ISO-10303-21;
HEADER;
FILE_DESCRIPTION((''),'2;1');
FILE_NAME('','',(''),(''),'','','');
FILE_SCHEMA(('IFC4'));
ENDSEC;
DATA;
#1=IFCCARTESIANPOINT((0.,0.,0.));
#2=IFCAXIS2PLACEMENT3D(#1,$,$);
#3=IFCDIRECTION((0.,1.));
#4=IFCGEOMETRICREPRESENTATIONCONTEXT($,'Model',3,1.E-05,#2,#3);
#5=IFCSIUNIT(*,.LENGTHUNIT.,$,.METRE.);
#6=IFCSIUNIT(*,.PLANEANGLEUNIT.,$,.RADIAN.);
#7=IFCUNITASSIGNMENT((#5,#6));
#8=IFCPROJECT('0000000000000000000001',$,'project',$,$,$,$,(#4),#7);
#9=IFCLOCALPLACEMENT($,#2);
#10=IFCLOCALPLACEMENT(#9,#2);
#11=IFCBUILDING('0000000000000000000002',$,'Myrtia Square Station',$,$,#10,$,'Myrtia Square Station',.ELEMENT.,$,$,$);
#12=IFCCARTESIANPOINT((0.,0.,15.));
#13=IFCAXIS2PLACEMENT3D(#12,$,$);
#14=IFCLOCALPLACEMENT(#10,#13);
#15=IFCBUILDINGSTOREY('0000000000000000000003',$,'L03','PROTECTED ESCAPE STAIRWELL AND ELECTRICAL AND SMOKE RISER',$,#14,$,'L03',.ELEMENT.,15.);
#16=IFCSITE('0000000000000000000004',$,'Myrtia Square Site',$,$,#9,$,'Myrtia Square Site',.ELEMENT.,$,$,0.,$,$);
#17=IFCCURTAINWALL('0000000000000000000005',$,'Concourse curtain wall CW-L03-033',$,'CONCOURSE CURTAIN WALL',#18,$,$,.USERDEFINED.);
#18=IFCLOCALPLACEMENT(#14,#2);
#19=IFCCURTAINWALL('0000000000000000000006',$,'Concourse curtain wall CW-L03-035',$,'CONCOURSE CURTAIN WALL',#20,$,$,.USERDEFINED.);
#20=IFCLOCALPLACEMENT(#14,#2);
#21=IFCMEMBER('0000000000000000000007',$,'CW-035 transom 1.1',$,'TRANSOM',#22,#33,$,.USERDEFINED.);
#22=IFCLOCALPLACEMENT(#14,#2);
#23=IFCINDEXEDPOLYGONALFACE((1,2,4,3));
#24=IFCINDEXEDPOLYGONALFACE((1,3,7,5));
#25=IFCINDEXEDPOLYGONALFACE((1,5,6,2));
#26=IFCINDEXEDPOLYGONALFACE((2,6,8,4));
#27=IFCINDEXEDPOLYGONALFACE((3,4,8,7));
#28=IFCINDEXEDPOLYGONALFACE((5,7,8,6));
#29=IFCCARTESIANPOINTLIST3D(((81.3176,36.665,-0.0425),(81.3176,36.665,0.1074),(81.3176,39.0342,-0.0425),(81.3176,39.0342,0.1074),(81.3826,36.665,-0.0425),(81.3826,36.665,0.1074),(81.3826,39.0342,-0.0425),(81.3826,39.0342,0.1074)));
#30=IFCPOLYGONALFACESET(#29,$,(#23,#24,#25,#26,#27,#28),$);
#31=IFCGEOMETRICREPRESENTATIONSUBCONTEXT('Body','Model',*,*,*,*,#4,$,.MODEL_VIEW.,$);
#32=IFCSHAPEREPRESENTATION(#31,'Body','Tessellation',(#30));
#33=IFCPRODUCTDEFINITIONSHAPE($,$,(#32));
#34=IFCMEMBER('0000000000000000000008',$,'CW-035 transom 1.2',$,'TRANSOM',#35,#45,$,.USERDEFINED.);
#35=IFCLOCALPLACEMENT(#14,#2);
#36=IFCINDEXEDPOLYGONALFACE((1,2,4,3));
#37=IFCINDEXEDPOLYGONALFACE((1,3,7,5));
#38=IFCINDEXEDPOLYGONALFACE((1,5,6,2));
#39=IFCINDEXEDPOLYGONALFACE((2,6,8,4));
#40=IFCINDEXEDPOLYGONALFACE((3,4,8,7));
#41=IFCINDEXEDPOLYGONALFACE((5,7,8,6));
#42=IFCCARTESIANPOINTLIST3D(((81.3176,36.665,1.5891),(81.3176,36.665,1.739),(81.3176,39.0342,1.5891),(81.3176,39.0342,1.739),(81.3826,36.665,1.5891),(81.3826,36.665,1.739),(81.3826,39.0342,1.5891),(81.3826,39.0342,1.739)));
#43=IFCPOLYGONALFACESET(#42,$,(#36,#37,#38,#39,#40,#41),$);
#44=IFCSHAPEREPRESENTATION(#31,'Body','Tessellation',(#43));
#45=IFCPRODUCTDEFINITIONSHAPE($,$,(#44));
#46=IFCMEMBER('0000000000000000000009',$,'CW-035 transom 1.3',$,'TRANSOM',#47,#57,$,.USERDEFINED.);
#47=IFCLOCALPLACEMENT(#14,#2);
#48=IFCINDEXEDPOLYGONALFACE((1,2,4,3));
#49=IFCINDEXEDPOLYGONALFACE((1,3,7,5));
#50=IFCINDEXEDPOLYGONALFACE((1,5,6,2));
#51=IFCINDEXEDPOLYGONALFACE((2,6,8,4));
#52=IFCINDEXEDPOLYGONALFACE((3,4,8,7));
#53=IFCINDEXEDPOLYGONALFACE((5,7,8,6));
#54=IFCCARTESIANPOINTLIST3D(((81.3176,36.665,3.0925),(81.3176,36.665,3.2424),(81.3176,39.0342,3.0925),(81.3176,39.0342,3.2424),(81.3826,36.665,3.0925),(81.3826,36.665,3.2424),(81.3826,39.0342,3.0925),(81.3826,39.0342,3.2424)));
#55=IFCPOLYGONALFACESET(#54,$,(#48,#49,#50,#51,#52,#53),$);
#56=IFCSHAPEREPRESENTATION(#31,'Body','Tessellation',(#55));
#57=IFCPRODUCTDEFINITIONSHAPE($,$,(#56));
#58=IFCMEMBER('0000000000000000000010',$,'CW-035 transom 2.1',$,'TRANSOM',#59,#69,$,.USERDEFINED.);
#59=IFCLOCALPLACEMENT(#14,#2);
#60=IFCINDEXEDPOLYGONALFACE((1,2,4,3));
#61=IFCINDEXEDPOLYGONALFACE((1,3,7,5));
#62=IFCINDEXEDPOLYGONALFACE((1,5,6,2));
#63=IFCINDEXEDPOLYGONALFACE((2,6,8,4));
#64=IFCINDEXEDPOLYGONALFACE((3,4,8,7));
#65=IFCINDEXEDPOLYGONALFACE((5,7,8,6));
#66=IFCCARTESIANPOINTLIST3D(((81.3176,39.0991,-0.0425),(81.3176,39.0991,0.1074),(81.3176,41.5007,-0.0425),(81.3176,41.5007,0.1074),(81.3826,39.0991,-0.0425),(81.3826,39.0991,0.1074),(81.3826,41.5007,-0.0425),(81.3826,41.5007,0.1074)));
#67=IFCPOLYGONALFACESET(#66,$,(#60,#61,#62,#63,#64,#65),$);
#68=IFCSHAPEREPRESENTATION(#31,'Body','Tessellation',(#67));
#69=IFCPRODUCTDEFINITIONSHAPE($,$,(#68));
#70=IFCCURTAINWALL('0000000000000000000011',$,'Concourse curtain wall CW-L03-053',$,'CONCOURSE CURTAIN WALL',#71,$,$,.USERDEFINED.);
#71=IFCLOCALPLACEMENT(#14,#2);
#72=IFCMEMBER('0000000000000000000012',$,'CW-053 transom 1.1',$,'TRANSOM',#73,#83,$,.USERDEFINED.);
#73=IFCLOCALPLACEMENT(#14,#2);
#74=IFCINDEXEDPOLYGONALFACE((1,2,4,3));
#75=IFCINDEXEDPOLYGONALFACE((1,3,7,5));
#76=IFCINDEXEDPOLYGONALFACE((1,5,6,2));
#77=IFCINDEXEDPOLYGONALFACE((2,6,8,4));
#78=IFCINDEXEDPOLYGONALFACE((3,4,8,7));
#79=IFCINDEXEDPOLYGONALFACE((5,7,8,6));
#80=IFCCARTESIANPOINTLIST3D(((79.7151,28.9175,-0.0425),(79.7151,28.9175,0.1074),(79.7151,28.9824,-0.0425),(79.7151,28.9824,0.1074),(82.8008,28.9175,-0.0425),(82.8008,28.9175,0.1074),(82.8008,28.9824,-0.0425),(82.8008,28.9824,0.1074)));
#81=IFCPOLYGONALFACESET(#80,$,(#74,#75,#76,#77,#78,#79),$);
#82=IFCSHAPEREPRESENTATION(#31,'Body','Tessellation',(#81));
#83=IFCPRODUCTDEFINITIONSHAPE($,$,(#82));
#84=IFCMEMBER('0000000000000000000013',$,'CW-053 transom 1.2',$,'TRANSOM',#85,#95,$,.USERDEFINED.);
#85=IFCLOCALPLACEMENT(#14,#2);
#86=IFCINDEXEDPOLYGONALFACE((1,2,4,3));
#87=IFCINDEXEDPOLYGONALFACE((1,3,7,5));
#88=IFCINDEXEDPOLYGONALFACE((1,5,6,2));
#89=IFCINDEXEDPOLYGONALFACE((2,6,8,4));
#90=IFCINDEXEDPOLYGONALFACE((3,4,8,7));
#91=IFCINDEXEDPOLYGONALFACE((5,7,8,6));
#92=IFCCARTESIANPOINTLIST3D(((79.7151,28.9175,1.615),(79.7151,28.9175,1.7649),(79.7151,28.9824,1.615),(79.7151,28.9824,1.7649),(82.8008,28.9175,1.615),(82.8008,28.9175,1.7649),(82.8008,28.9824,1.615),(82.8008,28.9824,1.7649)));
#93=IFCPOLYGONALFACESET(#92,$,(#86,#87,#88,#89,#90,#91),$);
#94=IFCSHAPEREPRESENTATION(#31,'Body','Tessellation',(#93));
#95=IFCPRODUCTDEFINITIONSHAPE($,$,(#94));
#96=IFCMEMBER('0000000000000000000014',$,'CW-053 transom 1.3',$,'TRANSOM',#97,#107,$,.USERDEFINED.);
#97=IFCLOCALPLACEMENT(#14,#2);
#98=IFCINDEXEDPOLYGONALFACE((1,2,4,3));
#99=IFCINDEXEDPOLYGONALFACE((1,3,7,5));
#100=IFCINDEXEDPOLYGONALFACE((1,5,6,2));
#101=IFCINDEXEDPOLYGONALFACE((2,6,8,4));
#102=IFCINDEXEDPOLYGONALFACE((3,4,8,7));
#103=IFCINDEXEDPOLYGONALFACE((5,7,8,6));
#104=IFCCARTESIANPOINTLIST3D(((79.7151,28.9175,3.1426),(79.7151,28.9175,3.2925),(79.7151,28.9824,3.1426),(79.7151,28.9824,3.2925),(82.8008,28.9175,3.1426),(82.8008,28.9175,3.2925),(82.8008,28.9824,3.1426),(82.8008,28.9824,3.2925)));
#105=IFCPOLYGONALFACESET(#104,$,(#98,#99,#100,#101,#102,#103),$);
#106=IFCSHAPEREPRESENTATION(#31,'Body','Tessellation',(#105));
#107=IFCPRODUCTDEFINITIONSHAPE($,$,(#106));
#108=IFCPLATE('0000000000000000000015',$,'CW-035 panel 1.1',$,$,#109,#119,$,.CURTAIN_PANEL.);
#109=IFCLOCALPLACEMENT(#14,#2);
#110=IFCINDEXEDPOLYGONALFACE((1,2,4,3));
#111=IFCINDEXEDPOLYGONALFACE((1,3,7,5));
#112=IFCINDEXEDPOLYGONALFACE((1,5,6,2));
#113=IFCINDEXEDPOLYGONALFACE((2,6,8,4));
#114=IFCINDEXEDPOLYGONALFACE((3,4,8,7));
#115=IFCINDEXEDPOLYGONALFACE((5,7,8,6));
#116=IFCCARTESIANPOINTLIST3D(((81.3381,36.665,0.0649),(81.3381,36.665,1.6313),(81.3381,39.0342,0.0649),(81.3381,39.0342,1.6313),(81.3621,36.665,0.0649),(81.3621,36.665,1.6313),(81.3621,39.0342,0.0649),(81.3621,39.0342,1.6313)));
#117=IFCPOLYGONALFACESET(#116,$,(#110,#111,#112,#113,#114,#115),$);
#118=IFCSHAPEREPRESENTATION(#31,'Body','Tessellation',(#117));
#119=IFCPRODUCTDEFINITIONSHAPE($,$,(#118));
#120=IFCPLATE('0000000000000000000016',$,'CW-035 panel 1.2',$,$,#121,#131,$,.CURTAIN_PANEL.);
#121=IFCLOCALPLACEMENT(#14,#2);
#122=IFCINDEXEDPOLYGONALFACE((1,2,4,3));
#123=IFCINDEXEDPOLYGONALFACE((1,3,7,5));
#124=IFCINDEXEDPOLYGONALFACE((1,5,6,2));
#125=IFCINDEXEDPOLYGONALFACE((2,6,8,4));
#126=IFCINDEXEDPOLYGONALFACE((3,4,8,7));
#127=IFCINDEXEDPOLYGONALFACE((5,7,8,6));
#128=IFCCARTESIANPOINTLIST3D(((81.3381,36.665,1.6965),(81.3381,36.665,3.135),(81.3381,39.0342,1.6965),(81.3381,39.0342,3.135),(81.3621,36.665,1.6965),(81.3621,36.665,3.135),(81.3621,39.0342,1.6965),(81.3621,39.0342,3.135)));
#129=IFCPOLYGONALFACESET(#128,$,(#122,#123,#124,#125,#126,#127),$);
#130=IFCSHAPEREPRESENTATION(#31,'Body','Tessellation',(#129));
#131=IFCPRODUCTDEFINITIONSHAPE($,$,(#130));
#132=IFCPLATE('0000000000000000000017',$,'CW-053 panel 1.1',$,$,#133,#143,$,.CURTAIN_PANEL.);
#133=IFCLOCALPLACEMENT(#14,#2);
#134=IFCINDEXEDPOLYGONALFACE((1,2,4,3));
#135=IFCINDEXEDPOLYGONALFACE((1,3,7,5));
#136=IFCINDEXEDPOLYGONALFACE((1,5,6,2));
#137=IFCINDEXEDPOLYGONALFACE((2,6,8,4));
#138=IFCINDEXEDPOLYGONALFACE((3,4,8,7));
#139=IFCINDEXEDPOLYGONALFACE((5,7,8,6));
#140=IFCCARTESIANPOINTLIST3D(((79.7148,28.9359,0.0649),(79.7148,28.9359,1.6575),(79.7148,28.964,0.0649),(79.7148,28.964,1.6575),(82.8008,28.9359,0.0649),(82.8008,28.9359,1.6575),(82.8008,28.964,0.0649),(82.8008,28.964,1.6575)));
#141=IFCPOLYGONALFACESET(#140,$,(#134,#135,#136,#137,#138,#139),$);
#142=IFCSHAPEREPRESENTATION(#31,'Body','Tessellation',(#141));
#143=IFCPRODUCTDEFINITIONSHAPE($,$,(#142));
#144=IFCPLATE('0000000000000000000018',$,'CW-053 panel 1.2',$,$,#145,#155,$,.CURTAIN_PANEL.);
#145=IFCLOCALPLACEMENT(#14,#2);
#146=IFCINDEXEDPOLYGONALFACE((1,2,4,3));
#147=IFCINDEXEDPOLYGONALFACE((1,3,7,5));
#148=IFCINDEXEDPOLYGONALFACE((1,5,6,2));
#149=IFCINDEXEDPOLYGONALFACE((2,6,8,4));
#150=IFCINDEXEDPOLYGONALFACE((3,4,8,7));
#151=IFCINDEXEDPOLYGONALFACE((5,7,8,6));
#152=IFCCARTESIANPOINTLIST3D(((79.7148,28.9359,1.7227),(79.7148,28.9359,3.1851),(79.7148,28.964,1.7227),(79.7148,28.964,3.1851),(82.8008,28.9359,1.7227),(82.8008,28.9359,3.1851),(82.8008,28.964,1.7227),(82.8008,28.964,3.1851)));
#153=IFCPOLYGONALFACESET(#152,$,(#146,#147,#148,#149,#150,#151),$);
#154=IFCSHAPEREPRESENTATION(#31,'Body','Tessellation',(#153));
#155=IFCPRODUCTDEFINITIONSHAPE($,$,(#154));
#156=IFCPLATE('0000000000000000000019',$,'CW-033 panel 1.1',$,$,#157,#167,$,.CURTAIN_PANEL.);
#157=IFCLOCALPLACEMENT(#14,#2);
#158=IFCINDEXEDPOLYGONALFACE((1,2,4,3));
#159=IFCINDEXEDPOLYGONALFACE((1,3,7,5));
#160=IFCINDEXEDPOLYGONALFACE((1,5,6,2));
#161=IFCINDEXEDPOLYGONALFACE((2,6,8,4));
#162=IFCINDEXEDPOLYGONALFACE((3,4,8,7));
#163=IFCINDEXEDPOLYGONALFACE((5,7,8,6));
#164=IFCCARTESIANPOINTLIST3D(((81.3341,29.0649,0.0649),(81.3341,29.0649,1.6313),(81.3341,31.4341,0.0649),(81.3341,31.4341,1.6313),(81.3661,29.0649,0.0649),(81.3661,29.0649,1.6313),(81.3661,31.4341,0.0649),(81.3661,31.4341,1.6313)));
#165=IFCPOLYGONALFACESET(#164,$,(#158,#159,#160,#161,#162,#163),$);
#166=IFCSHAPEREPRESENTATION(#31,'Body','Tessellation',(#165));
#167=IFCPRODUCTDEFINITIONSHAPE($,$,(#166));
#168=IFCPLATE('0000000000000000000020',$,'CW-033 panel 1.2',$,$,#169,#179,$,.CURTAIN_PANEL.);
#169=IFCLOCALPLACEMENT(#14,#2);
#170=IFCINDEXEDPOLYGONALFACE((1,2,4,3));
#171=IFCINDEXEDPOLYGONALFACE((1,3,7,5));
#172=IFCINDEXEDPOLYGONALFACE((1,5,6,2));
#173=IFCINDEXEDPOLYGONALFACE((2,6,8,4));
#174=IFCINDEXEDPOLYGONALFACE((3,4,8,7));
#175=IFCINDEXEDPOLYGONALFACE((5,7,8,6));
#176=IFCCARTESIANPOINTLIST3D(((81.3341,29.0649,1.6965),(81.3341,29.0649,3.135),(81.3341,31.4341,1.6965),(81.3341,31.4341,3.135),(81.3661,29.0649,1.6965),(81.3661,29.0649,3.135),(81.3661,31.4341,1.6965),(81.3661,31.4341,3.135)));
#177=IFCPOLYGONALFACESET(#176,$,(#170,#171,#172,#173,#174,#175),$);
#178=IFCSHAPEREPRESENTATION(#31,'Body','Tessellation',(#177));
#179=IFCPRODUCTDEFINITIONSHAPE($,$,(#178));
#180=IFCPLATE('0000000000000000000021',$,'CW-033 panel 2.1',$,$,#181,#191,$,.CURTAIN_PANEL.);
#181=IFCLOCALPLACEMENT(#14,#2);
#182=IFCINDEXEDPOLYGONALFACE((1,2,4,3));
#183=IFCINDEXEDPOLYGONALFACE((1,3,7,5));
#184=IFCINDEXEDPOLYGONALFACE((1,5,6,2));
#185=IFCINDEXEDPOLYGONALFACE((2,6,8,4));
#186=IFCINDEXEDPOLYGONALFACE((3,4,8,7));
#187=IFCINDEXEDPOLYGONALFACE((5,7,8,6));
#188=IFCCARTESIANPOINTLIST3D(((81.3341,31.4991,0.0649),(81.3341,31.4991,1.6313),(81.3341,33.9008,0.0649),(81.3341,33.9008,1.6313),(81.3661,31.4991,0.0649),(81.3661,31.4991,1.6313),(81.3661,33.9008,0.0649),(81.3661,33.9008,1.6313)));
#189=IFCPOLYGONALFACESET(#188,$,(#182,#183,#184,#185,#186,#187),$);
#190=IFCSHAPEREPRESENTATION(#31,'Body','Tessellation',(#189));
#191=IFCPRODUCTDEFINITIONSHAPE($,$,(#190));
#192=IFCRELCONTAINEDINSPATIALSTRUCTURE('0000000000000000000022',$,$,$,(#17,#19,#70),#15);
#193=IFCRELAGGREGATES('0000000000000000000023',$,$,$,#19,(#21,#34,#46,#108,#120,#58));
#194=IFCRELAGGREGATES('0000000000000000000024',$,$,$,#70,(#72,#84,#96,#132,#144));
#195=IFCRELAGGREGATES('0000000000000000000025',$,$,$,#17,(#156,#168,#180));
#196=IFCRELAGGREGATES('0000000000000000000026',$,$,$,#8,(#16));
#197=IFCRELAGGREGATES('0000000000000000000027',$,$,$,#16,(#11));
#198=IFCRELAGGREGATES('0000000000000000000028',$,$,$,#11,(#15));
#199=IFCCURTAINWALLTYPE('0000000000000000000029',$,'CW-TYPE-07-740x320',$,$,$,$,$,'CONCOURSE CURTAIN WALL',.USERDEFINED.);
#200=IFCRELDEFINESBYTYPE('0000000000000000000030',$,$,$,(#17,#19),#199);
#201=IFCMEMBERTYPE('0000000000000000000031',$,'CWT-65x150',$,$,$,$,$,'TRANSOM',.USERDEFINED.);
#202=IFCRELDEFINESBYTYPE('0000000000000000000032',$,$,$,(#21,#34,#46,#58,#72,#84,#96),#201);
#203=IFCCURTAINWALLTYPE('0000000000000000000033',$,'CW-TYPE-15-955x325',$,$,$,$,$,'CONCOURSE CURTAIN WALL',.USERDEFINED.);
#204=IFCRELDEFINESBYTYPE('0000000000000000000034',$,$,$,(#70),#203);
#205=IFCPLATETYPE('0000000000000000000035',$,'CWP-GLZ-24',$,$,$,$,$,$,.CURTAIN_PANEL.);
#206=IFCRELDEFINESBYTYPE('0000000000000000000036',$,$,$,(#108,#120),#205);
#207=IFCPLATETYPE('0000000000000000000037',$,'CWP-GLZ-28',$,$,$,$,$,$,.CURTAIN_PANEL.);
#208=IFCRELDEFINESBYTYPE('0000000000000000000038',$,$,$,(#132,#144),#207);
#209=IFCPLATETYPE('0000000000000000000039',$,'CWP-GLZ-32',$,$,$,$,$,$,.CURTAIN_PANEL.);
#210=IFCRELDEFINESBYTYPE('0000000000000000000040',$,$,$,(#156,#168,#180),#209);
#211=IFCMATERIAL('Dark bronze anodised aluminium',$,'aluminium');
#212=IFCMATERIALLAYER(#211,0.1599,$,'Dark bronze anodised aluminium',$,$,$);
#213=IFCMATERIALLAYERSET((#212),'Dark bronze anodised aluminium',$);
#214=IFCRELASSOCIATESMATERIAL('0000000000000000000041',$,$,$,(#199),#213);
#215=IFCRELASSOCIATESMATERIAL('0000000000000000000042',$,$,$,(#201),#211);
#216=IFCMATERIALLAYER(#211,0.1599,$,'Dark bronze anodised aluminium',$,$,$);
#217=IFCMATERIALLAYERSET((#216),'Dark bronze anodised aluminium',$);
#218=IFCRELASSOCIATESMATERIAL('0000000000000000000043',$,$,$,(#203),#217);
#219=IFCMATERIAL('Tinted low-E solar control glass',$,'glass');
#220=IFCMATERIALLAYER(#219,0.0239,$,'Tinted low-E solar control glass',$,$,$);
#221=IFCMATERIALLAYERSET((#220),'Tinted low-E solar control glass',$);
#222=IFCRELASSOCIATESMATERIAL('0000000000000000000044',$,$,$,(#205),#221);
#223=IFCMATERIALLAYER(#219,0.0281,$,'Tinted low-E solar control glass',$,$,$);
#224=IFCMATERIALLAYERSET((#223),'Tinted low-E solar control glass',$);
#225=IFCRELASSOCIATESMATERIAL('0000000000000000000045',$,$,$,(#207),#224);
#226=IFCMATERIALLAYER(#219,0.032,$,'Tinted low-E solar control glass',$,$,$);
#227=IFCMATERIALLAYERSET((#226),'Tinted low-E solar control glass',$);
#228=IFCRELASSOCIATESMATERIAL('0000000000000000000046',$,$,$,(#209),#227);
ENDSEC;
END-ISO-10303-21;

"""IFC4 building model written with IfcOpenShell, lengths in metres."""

from ifc_helpers import new_model, si_unit, direction, frame, origin, origin_2d, place, context, subcontext, project, spatial, rectangle, extrude, material, layer, layer_set, material_profile, profile_set, type_object, element, aggregate, save


model = new_model("IFC4")

# Units and contexts
model_context = context("Model", 3, precision=1e-05, world=origin(), true_north=direction((0.0, 1.0)))
body_context = subcontext(model_context, "Body", "Model", "MODEL_VIEW")
ifc_project = project(units=[si_unit("LENGTHUNIT", "METRE"), si_unit("PLANEANGLEUNIT", "RADIAN")], contexts=[model_context])

# Site, building, storey
site_placement = place(None, origin())
site = spatial("IfcSite", under=ifc_project, at=site_placement, Name="Myrtia Square Site", LongName="Myrtia Square Site", CompositionType="ELEMENT", RefElevation=0.0)
building_placement = place(site_placement, origin())
building = spatial("IfcBuilding", under=site, at=building_placement, Name="Myrtia Square Station", LongName="Myrtia Square Station", CompositionType="ELEMENT")
storey_placement = place(building_placement, frame((0.0, 0.0, 15.0)))
storey = spatial("IfcBuildingStorey", under=building, at=storey_placement, Name="L03", Description="PROTECTED ESCAPE STAIRWELL AND ELECTRICAL AND SMOKE RISER", LongName="L03", CompositionType="ELEMENT", Elevation=15.0)

# Curtain walls
ifc_material_1 = material(Name="Dark bronze anodised aluminium", Category="aluminium")
ifc_layer_1 = layer(ifc_material_1, 0.1599, Name="Dark bronze anodised aluminium")
ifc_layer_set_1 = layer_set([ifc_layer_1], Name="Dark bronze anodised aluminium")
curtain_wall_type_1 = type_object("IfcCurtainWallType", Name="CW-TYPE-07-740x320", ElementType="CONCOURSE CURTAIN WALL", PredefinedType="USERDEFINED", material=ifc_layer_set_1)
curtain_wall_1_placement = place(storey_placement, origin())
curtain_wall_1 = element("IfcCurtainWall", 1, at=curtain_wall_1_placement, inside=storey, type_object=curtain_wall_type_1, Name="Concourse curtain wall CW-L03-033", ObjectType="CONCOURSE CURTAIN WALL", PredefinedType="USERDEFINED")
curtain_wall_2_placement = place(storey_placement, origin())
curtain_wall_2 = element("IfcCurtainWall", 2, at=curtain_wall_2_placement, inside=storey, type_object=curtain_wall_type_1, Name="Concourse curtain wall CW-L03-035", ObjectType="CONCOURSE CURTAIN WALL", PredefinedType="USERDEFINED")

# Members
ifc_material_profile_1 = material_profile(ifc_material_1, rectangle(XDim=0.0649, YDim=0.1499, at=origin_2d()), Name="ALU-T 65x150")
ifc_profile_set_1 = profile_set([ifc_material_profile_1], Name="Dark bronze anodised aluminium")
member_type_1 = type_object("IfcMemberType", Name="CWT-65x150", ElementType="TRANSOM", PredefinedType="USERDEFINED", material=ifc_profile_set_1)
member_1_placement = place(storey_placement, frame((81.3501, 36.665, 0.0325), z_axis=(0.0, 1.0, 0.0), x_axis=(-1.0, 0.0, 0.0)))
member_1 = element("IfcMember", 3, at=member_1_placement, type_object=member_type_1, Name="CW-035 transom 1.1", ObjectType="TRANSOM", PredefinedType="USERDEFINED", context=body_context, shape_type="SweptSolid", body=[
    extrude(rectangle(XDim=0.0649, YDim=0.1499, at=origin_2d()), origin(), (0.0, 0.0, 1.0), 2.3691),
])
member_2_placement = place(storey_placement, frame((81.3501, 36.665, 1.6641), z_axis=(0.0, 1.0, 0.0), x_axis=(-1.0, 0.0, 0.0)))
member_2 = element("IfcMember", 4, at=member_2_placement, type_object=member_type_1, Name="CW-035 transom 1.2", ObjectType="TRANSOM", PredefinedType="USERDEFINED", context=body_context, shape_type="SweptSolid", body=[
    extrude(rectangle(XDim=0.0649, YDim=0.1499, at=origin_2d()), origin(), (0.0, 0.0, 1.0), 2.3691),
])
member_3_placement = place(storey_placement, frame((81.3501, 36.665, 3.1675), z_axis=(0.0, 1.0, 0.0), x_axis=(-1.0, 0.0, 0.0)))
member_3 = element("IfcMember", 5, at=member_3_placement, type_object=member_type_1, Name="CW-035 transom 1.3", ObjectType="TRANSOM", PredefinedType="USERDEFINED", context=body_context, shape_type="SweptSolid", body=[
    extrude(rectangle(XDim=0.0649, YDim=0.1499, at=origin_2d()), origin(), (0.0, 0.0, 1.0), 2.3691),
])
member_4_placement = place(storey_placement, frame((81.3501, 39.0991, 0.0325), z_axis=(0.0, 1.0, 0.0), x_axis=(-1.0, 0.0, 0.0)))
member_4 = element("IfcMember", 6, at=member_4_placement, type_object=member_type_1, Name="CW-035 transom 2.1", ObjectType="TRANSOM", PredefinedType="USERDEFINED", context=body_context, shape_type="SweptSolid", body=[
    extrude(rectangle(XDim=0.0649, YDim=0.1499, at=origin_2d()), origin(), (0.0, 0.0, 1.0), 2.4016),
])

# Curtain wall, members
ifc_layer_2 = layer(ifc_material_1, 0.1599, Name="Dark bronze anodised aluminium")
ifc_layer_set_2 = layer_set([ifc_layer_2], Name="Dark bronze anodised aluminium")
curtain_wall_type_2 = type_object("IfcCurtainWallType", Name="CW-TYPE-15-955x325", ElementType="CONCOURSE CURTAIN WALL", PredefinedType="USERDEFINED", material=ifc_layer_set_2)
curtain_wall_3_placement = place(storey_placement, origin())
curtain_wall_3 = element("IfcCurtainWall", 7, at=curtain_wall_3_placement, inside=storey, type_object=curtain_wall_type_2, Name="Concourse curtain wall CW-L03-053", ObjectType="CONCOURSE CURTAIN WALL", PredefinedType="USERDEFINED")
member_5_placement = place(storey_placement, frame((79.7151, 28.95, 0.0325), z_axis=(1.0, 0.0, 0.0), x_axis=(0.0, 1.0, 0.0)))
member_5 = element("IfcMember", 8, at=member_5_placement, type_object=member_type_1, Name="CW-053 transom 1.1", ObjectType="TRANSOM", PredefinedType="USERDEFINED", context=body_context, shape_type="SweptSolid", body=[
    extrude(rectangle(XDim=0.0649, YDim=0.1499, at=origin_2d()), origin(), (0.0, 0.0, 1.0), 3.0857),
])
member_6_placement = place(storey_placement, frame((79.7151, 28.95, 1.6899), z_axis=(1.0, 0.0, 0.0), x_axis=(0.0, 1.0, 0.0)))
member_6 = element("IfcMember", 9, at=member_6_placement, type_object=member_type_1, Name="CW-053 transom 1.2", ObjectType="TRANSOM", PredefinedType="USERDEFINED", context=body_context, shape_type="SweptSolid", body=[
    extrude(rectangle(XDim=0.0649, YDim=0.1499, at=origin_2d()), origin(), (0.0, 0.0, 1.0), 3.0857),
])
member_7_placement = place(storey_placement, frame((79.7151, 28.95, 3.2175), z_axis=(1.0, 0.0, 0.0), x_axis=(0.0, 1.0, 0.0)))
member_7 = element("IfcMember", 10, at=member_7_placement, type_object=member_type_1, Name="CW-053 transom 1.3", ObjectType="TRANSOM", PredefinedType="USERDEFINED", context=body_context, shape_type="SweptSolid", body=[
    extrude(rectangle(XDim=0.0649, YDim=0.1499, at=origin_2d()), origin(), (0.0, 0.0, 1.0), 3.0857),
])

# Plates
ifc_material_2 = material(Name="Tinted low-E solar control glass", Category="glass")
ifc_layer_3 = layer(ifc_material_2, 0.0239, Name="Tinted low-E solar control glass")
ifc_layer_set_3 = layer_set([ifc_layer_3], Name="Tinted low-E solar control glass")
plate_type_1 = type_object("IfcPlateType", Name="CWP-GLZ-24", PredefinedType="CURTAIN_PANEL", material=ifc_layer_set_3)
plate_1_placement = place(storey_placement, frame((81.3501, 37.8496, 0.0649), z_axis=(0.0, 0.0, 1.0), x_axis=(0.0, 1.0, 0.0)))
plate_1 = element("IfcPlate", 11, at=plate_1_placement, type_object=plate_type_1, Name="CW-035 panel 1.1", PredefinedType="CURTAIN_PANEL", context=body_context, shape_type="SweptSolid", body=[
    extrude(rectangle(XDim=2.3691, YDim=0.0239, at=origin_2d()), origin(), (0.0, 0.0, 1.0), 1.5664),
])
plate_2_placement = place(storey_placement, frame((81.3501, 37.8496, 1.6965), z_axis=(0.0, 0.0, 1.0), x_axis=(0.0, 1.0, 0.0)))
plate_2 = element("IfcPlate", 12, at=plate_2_placement, type_object=plate_type_1, Name="CW-035 panel 1.2", PredefinedType="CURTAIN_PANEL", context=body_context, shape_type="SweptSolid", body=[
    extrude(rectangle(XDim=2.3691, YDim=0.0239, at=origin_2d()), origin(), (0.0, 0.0, 1.0), 1.4385),
])
aggregate(curtain_wall_2, [member_1, member_2, member_3, plate_1, plate_2, member_4])
ifc_layer_4 = layer(ifc_material_2, 0.0281, Name="Tinted low-E solar control glass")
ifc_layer_set_4 = layer_set([ifc_layer_4], Name="Tinted low-E solar control glass")
plate_type_2 = type_object("IfcPlateType", Name="CWP-GLZ-28", PredefinedType="CURTAIN_PANEL", material=ifc_layer_set_4)
plate_3_placement = place(storey_placement, frame((81.2578, 28.95, 0.0649), z_axis=(0.0, 0.0, 1.0), x_axis=(1.0, 0.0, 0.0)))
plate_3 = element("IfcPlate", 13, at=plate_3_placement, type_object=plate_type_2, Name="CW-053 panel 1.1", PredefinedType="CURTAIN_PANEL", context=body_context, shape_type="SweptSolid", body=[
    extrude(rectangle(XDim=3.0859, YDim=0.0281, at=origin_2d()), origin(), (0.0, 0.0, 1.0), 1.5925),
])
plate_4_placement = place(storey_placement, frame((81.2578, 28.95, 1.7227), z_axis=(0.0, 0.0, 1.0), x_axis=(1.0, 0.0, 0.0)))
plate_4 = element("IfcPlate", 14, at=plate_4_placement, type_object=plate_type_2, Name="CW-053 panel 1.2", PredefinedType="CURTAIN_PANEL", context=body_context, shape_type="SweptSolid", body=[
    extrude(rectangle(XDim=3.0859, YDim=0.0281, at=origin_2d()), origin(), (0.0, 0.0, 1.0), 1.4624),
])
aggregate(curtain_wall_3, [member_5, member_6, member_7, plate_3, plate_4])
ifc_layer_5 = layer(ifc_material_2, 0.032, Name="Tinted low-E solar control glass")
ifc_layer_set_5 = layer_set([ifc_layer_5], Name="Tinted low-E solar control glass")
plate_type_3 = type_object("IfcPlateType", Name="CWP-GLZ-32", PredefinedType="CURTAIN_PANEL", material=ifc_layer_set_5)
plate_5_placement = place(storey_placement, frame((81.3501, 30.2495, 0.0649), z_axis=(0.0, 0.0, 1.0), x_axis=(0.0, 1.0, 0.0)))
plate_5 = element("IfcPlate", 15, at=plate_5_placement, type_object=plate_type_3, Name="CW-033 panel 1.1", PredefinedType="CURTAIN_PANEL", context=body_context, shape_type="SweptSolid", body=[
    extrude(rectangle(XDim=2.3691, YDim=0.032, at=origin_2d()), origin(), (0.0, 0.0, 1.0), 1.5664),
])
plate_6_placement = place(storey_placement, frame((81.3501, 30.2495, 1.6965), z_axis=(0.0, 0.0, 1.0), x_axis=(0.0, 1.0, 0.0)))
plate_6 = element("IfcPlate", 16, at=plate_6_placement, type_object=plate_type_3, Name="CW-033 panel 1.2", PredefinedType="CURTAIN_PANEL", context=body_context, shape_type="SweptSolid", body=[
    extrude(rectangle(XDim=2.3691, YDim=0.032, at=origin_2d()), origin(), (0.0, 0.0, 1.0), 1.4385),
])
plate_7_placement = place(storey_placement, frame((81.3501, 32.7, 0.0649), z_axis=(0.0, 0.0, 1.0), x_axis=(0.0, 1.0, 0.0)))
plate_7 = element("IfcPlate", 17, at=plate_7_placement, type_object=plate_type_3, Name="CW-033 panel 2.1", PredefinedType="CURTAIN_PANEL", context=body_context, shape_type="SweptSolid", body=[
    extrude(rectangle(XDim=2.4016, YDim=0.032, at=origin_2d()), origin(), (0.0, 0.0, 1.0), 1.5664),
])
aggregate(curtain_wall_1, [plate_5, plate_6, plate_7])

save(model, "model.ifc")
